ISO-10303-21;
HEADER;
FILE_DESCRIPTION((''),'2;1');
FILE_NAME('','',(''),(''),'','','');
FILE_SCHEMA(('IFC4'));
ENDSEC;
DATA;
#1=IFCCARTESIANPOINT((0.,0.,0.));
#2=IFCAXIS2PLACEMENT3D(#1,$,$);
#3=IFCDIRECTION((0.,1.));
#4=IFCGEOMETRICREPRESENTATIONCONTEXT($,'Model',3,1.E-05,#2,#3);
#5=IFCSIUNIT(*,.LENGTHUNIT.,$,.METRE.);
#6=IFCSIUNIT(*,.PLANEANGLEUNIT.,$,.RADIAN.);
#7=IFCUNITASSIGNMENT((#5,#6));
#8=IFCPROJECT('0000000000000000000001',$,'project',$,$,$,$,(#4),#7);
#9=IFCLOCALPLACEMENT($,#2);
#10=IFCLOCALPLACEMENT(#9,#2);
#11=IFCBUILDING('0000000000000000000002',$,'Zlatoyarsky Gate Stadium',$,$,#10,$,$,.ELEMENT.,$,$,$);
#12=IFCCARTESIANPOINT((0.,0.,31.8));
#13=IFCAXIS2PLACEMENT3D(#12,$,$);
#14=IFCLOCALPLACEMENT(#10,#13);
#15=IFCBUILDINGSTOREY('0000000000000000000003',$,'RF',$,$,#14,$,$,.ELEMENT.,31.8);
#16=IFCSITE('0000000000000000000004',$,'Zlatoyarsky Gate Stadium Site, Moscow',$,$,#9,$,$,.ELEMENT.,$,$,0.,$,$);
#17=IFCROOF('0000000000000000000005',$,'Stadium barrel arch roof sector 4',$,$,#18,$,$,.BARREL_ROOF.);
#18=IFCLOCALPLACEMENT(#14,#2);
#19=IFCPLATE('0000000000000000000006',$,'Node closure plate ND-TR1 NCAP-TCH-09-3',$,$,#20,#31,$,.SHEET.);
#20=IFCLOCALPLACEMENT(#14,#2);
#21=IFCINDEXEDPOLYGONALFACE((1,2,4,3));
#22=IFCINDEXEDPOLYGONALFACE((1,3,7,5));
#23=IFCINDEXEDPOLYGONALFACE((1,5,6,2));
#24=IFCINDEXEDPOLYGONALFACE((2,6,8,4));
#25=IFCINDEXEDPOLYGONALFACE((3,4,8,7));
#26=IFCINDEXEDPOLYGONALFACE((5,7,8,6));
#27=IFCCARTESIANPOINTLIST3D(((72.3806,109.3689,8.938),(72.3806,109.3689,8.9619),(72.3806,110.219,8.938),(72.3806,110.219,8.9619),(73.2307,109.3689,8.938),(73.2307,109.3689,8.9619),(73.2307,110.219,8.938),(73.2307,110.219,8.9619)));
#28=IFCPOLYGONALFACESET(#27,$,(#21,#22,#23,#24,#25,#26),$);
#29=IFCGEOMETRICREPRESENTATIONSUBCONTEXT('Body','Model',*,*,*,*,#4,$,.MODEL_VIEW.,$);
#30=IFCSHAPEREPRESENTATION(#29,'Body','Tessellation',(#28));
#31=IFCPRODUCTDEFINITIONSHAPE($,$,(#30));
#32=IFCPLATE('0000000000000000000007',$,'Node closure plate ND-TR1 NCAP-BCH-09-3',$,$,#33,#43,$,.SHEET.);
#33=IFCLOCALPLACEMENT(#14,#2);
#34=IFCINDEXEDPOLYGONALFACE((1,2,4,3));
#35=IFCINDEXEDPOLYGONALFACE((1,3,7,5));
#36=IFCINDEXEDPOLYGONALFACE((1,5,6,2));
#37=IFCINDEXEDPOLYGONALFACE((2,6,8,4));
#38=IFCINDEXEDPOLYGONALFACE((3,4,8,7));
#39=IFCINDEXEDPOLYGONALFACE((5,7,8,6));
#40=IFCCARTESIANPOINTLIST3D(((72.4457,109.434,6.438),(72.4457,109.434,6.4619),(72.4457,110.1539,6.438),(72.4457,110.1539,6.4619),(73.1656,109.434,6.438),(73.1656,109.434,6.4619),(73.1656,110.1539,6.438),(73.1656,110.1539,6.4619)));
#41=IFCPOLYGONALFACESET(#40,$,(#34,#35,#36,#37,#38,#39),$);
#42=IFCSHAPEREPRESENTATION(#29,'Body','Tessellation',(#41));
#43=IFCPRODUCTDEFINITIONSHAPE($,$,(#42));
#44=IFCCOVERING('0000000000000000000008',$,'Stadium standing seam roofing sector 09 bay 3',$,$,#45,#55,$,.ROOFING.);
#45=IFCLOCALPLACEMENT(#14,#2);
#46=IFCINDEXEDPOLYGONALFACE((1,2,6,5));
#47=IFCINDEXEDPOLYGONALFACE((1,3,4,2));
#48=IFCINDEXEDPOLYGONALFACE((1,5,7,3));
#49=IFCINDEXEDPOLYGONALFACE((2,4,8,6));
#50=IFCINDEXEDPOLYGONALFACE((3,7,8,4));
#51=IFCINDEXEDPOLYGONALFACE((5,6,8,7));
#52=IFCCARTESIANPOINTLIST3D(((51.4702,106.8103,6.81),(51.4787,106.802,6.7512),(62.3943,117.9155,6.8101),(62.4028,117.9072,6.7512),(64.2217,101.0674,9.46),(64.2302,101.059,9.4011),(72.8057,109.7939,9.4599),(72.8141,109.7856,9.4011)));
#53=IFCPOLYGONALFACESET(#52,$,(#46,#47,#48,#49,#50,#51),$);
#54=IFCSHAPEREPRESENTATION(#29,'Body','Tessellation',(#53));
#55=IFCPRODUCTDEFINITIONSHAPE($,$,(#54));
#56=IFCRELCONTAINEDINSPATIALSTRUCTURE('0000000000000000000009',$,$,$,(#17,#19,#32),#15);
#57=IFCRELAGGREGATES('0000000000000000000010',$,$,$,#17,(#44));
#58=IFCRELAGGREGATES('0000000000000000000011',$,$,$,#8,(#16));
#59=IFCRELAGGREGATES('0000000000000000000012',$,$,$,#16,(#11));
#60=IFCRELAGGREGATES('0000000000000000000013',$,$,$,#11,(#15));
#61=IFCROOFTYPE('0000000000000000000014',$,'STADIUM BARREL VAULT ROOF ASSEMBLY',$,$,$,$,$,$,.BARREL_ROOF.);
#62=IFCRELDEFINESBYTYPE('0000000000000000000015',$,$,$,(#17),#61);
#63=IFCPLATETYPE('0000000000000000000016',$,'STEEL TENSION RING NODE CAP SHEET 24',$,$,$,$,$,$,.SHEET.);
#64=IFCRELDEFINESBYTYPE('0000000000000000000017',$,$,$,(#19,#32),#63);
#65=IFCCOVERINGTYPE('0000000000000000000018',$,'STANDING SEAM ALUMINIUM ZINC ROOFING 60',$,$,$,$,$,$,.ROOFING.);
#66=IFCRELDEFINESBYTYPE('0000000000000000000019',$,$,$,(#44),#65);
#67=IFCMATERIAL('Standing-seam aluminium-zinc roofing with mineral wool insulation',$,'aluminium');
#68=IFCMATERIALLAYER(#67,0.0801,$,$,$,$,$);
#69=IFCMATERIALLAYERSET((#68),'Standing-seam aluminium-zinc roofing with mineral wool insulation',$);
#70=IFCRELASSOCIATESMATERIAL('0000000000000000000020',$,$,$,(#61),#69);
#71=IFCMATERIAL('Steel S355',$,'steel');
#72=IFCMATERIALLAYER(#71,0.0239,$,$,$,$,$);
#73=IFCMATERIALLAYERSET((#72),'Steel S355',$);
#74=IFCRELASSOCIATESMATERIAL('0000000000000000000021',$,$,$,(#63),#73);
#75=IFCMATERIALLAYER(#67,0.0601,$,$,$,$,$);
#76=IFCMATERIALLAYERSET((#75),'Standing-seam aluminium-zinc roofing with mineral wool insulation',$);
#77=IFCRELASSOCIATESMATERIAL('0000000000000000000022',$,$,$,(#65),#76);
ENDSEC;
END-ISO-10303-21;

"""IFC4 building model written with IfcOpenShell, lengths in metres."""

from ifc_helpers import new_model, si_unit, direction, frame, origin, origin_2d, place, context, subcontext, project, spatial, polyline, rectangle, outline, extrude, material, layer, layer_set, type_object, element, aggregate, save


model = new_model("IFC4")

# Units and contexts
model_context = context("Model", 3, precision=1e-05, world=origin(), true_north=direction((0.0, 1.0)))
body_context = subcontext(model_context, "Body", "Model", "MODEL_VIEW")
ifc_project = project(units=[si_unit("LENGTHUNIT", "METRE"), si_unit("PLANEANGLEUNIT", "RADIAN")], contexts=[model_context])

# Site, building, storey
site_placement = place(None, origin())
site = spatial("IfcSite", under=ifc_project, at=site_placement, Name="Zlatoyarsky Gate Stadium Site, Moscow", CompositionType="ELEMENT", RefElevation=0.0)
building_placement = place(site_placement, origin())
building = spatial("IfcBuilding", under=site, at=building_placement, Name="Zlatoyarsky Gate Stadium", CompositionType="ELEMENT")
storey_placement = place(building_placement, frame((0.0, 0.0, 31.8)))
storey = spatial("IfcBuildingStorey", under=building, at=storey_placement, Name="RF", CompositionType="ELEMENT", Elevation=31.8)

# Shared definitions
ifc_material_1 = material(Name="Steel S355", Category="steel")

# Roof
ifc_material_2 = material(Name="Standing-seam aluminium-zinc roofing with mineral wool insulation", Category="aluminium")
ifc_layer_1 = layer(ifc_material_2, 0.0801)
ifc_layer_set_1 = layer_set([ifc_layer_1], Name="Standing-seam aluminium-zinc roofing with mineral wool insulation")
roof_type = type_object("IfcRoofType", Name="STADIUM BARREL VAULT ROOF ASSEMBLY", PredefinedType="BARREL_ROOF", material=ifc_layer_set_1)
roof_placement = place(storey_placement, origin())
roof = element("IfcRoof", 1, at=roof_placement, inside=storey, type_object=roof_type, Name="Stadium barrel arch roof sector 4", PredefinedType="BARREL_ROOF")

# Plates
ifc_layer_2 = layer(ifc_material_1, 0.0239)
ifc_layer_set_2 = layer_set([ifc_layer_2], Name="Steel S355")
plate_type_1 = type_object("IfcPlateType", Name="STEEL TENSION RING NODE CAP SHEET 24", PredefinedType="SHEET", material=ifc_layer_set_2)
plate_1_placement = place(storey_placement, frame((72.8057, 109.7939, 8.938), z_axis=(0.0, 0.0, 1.0), x_axis=(1.0, 0.0, 0.0)))
element("IfcPlate", 2, at=plate_1_placement, inside=storey, type_object=plate_type_1, Name="Node closure plate ND-TR1 NCAP-TCH-09-3", PredefinedType="SHEET", context=body_context, shape_type="SweptSolid", body=[
    extrude(rectangle(XDim=0.8501, YDim=0.8501, at=origin_2d()), origin(), (0.0, 0.0, 1.0), 0.0239),
])
plate_2_placement = place(storey_placement, frame((72.8057, 109.7939, 6.438), z_axis=(0.0, 0.0, 1.0), x_axis=(1.0, 0.0, 0.0)))
element("IfcPlate", 3, at=plate_2_placement, inside=storey, type_object=plate_type_1, Name="Node closure plate ND-TR1 NCAP-BCH-09-3", PredefinedType="SHEET", context=body_context, shape_type="SweptSolid", body=[
    extrude(rectangle(XDim=0.72, YDim=0.72, at=origin_2d()), origin(), (0.0, 0.0, 1.0), 0.0239),
])

# Covering
ifc_layer_3 = layer(ifc_material_2, 0.0601)
ifc_layer_set_3 = layer_set([ifc_layer_3], Name="Standing-seam aluminium-zinc roofing with mineral wool insulation")
covering_type = type_object("IfcCoveringType", Name="STANDING SEAM ALUMINIUM ZINC ROOFING 60", PredefinedType="ROOFING", material=ifc_layer_set_3)
covering_placement = place(storey_placement, frame((62.3943, 117.9155, 6.8101), z_axis=(-0.141161, 0.138857, 0.9802), x_axis=(-0.701268, -0.712898, -0.000001)))
covering = element("IfcCovering", 4, at=covering_placement, type_object=covering_type, Name="Stadium standing seam roofing sector 09 bay 3", PredefinedType="ROOFING", context=body_context, shape_type="SweptSolid", body=[
    extrude(outline(polyline([(0.0, 0.0), (15.5776, 0.0), (10.7295, 13.3828), (-1.5113, 13.3826), (0.0, 0.0)])), origin(), (0.0, 0.0, -1.0), 0.0601),
])
aggregate(roof, [covering])

save(model, "model.ifc")
